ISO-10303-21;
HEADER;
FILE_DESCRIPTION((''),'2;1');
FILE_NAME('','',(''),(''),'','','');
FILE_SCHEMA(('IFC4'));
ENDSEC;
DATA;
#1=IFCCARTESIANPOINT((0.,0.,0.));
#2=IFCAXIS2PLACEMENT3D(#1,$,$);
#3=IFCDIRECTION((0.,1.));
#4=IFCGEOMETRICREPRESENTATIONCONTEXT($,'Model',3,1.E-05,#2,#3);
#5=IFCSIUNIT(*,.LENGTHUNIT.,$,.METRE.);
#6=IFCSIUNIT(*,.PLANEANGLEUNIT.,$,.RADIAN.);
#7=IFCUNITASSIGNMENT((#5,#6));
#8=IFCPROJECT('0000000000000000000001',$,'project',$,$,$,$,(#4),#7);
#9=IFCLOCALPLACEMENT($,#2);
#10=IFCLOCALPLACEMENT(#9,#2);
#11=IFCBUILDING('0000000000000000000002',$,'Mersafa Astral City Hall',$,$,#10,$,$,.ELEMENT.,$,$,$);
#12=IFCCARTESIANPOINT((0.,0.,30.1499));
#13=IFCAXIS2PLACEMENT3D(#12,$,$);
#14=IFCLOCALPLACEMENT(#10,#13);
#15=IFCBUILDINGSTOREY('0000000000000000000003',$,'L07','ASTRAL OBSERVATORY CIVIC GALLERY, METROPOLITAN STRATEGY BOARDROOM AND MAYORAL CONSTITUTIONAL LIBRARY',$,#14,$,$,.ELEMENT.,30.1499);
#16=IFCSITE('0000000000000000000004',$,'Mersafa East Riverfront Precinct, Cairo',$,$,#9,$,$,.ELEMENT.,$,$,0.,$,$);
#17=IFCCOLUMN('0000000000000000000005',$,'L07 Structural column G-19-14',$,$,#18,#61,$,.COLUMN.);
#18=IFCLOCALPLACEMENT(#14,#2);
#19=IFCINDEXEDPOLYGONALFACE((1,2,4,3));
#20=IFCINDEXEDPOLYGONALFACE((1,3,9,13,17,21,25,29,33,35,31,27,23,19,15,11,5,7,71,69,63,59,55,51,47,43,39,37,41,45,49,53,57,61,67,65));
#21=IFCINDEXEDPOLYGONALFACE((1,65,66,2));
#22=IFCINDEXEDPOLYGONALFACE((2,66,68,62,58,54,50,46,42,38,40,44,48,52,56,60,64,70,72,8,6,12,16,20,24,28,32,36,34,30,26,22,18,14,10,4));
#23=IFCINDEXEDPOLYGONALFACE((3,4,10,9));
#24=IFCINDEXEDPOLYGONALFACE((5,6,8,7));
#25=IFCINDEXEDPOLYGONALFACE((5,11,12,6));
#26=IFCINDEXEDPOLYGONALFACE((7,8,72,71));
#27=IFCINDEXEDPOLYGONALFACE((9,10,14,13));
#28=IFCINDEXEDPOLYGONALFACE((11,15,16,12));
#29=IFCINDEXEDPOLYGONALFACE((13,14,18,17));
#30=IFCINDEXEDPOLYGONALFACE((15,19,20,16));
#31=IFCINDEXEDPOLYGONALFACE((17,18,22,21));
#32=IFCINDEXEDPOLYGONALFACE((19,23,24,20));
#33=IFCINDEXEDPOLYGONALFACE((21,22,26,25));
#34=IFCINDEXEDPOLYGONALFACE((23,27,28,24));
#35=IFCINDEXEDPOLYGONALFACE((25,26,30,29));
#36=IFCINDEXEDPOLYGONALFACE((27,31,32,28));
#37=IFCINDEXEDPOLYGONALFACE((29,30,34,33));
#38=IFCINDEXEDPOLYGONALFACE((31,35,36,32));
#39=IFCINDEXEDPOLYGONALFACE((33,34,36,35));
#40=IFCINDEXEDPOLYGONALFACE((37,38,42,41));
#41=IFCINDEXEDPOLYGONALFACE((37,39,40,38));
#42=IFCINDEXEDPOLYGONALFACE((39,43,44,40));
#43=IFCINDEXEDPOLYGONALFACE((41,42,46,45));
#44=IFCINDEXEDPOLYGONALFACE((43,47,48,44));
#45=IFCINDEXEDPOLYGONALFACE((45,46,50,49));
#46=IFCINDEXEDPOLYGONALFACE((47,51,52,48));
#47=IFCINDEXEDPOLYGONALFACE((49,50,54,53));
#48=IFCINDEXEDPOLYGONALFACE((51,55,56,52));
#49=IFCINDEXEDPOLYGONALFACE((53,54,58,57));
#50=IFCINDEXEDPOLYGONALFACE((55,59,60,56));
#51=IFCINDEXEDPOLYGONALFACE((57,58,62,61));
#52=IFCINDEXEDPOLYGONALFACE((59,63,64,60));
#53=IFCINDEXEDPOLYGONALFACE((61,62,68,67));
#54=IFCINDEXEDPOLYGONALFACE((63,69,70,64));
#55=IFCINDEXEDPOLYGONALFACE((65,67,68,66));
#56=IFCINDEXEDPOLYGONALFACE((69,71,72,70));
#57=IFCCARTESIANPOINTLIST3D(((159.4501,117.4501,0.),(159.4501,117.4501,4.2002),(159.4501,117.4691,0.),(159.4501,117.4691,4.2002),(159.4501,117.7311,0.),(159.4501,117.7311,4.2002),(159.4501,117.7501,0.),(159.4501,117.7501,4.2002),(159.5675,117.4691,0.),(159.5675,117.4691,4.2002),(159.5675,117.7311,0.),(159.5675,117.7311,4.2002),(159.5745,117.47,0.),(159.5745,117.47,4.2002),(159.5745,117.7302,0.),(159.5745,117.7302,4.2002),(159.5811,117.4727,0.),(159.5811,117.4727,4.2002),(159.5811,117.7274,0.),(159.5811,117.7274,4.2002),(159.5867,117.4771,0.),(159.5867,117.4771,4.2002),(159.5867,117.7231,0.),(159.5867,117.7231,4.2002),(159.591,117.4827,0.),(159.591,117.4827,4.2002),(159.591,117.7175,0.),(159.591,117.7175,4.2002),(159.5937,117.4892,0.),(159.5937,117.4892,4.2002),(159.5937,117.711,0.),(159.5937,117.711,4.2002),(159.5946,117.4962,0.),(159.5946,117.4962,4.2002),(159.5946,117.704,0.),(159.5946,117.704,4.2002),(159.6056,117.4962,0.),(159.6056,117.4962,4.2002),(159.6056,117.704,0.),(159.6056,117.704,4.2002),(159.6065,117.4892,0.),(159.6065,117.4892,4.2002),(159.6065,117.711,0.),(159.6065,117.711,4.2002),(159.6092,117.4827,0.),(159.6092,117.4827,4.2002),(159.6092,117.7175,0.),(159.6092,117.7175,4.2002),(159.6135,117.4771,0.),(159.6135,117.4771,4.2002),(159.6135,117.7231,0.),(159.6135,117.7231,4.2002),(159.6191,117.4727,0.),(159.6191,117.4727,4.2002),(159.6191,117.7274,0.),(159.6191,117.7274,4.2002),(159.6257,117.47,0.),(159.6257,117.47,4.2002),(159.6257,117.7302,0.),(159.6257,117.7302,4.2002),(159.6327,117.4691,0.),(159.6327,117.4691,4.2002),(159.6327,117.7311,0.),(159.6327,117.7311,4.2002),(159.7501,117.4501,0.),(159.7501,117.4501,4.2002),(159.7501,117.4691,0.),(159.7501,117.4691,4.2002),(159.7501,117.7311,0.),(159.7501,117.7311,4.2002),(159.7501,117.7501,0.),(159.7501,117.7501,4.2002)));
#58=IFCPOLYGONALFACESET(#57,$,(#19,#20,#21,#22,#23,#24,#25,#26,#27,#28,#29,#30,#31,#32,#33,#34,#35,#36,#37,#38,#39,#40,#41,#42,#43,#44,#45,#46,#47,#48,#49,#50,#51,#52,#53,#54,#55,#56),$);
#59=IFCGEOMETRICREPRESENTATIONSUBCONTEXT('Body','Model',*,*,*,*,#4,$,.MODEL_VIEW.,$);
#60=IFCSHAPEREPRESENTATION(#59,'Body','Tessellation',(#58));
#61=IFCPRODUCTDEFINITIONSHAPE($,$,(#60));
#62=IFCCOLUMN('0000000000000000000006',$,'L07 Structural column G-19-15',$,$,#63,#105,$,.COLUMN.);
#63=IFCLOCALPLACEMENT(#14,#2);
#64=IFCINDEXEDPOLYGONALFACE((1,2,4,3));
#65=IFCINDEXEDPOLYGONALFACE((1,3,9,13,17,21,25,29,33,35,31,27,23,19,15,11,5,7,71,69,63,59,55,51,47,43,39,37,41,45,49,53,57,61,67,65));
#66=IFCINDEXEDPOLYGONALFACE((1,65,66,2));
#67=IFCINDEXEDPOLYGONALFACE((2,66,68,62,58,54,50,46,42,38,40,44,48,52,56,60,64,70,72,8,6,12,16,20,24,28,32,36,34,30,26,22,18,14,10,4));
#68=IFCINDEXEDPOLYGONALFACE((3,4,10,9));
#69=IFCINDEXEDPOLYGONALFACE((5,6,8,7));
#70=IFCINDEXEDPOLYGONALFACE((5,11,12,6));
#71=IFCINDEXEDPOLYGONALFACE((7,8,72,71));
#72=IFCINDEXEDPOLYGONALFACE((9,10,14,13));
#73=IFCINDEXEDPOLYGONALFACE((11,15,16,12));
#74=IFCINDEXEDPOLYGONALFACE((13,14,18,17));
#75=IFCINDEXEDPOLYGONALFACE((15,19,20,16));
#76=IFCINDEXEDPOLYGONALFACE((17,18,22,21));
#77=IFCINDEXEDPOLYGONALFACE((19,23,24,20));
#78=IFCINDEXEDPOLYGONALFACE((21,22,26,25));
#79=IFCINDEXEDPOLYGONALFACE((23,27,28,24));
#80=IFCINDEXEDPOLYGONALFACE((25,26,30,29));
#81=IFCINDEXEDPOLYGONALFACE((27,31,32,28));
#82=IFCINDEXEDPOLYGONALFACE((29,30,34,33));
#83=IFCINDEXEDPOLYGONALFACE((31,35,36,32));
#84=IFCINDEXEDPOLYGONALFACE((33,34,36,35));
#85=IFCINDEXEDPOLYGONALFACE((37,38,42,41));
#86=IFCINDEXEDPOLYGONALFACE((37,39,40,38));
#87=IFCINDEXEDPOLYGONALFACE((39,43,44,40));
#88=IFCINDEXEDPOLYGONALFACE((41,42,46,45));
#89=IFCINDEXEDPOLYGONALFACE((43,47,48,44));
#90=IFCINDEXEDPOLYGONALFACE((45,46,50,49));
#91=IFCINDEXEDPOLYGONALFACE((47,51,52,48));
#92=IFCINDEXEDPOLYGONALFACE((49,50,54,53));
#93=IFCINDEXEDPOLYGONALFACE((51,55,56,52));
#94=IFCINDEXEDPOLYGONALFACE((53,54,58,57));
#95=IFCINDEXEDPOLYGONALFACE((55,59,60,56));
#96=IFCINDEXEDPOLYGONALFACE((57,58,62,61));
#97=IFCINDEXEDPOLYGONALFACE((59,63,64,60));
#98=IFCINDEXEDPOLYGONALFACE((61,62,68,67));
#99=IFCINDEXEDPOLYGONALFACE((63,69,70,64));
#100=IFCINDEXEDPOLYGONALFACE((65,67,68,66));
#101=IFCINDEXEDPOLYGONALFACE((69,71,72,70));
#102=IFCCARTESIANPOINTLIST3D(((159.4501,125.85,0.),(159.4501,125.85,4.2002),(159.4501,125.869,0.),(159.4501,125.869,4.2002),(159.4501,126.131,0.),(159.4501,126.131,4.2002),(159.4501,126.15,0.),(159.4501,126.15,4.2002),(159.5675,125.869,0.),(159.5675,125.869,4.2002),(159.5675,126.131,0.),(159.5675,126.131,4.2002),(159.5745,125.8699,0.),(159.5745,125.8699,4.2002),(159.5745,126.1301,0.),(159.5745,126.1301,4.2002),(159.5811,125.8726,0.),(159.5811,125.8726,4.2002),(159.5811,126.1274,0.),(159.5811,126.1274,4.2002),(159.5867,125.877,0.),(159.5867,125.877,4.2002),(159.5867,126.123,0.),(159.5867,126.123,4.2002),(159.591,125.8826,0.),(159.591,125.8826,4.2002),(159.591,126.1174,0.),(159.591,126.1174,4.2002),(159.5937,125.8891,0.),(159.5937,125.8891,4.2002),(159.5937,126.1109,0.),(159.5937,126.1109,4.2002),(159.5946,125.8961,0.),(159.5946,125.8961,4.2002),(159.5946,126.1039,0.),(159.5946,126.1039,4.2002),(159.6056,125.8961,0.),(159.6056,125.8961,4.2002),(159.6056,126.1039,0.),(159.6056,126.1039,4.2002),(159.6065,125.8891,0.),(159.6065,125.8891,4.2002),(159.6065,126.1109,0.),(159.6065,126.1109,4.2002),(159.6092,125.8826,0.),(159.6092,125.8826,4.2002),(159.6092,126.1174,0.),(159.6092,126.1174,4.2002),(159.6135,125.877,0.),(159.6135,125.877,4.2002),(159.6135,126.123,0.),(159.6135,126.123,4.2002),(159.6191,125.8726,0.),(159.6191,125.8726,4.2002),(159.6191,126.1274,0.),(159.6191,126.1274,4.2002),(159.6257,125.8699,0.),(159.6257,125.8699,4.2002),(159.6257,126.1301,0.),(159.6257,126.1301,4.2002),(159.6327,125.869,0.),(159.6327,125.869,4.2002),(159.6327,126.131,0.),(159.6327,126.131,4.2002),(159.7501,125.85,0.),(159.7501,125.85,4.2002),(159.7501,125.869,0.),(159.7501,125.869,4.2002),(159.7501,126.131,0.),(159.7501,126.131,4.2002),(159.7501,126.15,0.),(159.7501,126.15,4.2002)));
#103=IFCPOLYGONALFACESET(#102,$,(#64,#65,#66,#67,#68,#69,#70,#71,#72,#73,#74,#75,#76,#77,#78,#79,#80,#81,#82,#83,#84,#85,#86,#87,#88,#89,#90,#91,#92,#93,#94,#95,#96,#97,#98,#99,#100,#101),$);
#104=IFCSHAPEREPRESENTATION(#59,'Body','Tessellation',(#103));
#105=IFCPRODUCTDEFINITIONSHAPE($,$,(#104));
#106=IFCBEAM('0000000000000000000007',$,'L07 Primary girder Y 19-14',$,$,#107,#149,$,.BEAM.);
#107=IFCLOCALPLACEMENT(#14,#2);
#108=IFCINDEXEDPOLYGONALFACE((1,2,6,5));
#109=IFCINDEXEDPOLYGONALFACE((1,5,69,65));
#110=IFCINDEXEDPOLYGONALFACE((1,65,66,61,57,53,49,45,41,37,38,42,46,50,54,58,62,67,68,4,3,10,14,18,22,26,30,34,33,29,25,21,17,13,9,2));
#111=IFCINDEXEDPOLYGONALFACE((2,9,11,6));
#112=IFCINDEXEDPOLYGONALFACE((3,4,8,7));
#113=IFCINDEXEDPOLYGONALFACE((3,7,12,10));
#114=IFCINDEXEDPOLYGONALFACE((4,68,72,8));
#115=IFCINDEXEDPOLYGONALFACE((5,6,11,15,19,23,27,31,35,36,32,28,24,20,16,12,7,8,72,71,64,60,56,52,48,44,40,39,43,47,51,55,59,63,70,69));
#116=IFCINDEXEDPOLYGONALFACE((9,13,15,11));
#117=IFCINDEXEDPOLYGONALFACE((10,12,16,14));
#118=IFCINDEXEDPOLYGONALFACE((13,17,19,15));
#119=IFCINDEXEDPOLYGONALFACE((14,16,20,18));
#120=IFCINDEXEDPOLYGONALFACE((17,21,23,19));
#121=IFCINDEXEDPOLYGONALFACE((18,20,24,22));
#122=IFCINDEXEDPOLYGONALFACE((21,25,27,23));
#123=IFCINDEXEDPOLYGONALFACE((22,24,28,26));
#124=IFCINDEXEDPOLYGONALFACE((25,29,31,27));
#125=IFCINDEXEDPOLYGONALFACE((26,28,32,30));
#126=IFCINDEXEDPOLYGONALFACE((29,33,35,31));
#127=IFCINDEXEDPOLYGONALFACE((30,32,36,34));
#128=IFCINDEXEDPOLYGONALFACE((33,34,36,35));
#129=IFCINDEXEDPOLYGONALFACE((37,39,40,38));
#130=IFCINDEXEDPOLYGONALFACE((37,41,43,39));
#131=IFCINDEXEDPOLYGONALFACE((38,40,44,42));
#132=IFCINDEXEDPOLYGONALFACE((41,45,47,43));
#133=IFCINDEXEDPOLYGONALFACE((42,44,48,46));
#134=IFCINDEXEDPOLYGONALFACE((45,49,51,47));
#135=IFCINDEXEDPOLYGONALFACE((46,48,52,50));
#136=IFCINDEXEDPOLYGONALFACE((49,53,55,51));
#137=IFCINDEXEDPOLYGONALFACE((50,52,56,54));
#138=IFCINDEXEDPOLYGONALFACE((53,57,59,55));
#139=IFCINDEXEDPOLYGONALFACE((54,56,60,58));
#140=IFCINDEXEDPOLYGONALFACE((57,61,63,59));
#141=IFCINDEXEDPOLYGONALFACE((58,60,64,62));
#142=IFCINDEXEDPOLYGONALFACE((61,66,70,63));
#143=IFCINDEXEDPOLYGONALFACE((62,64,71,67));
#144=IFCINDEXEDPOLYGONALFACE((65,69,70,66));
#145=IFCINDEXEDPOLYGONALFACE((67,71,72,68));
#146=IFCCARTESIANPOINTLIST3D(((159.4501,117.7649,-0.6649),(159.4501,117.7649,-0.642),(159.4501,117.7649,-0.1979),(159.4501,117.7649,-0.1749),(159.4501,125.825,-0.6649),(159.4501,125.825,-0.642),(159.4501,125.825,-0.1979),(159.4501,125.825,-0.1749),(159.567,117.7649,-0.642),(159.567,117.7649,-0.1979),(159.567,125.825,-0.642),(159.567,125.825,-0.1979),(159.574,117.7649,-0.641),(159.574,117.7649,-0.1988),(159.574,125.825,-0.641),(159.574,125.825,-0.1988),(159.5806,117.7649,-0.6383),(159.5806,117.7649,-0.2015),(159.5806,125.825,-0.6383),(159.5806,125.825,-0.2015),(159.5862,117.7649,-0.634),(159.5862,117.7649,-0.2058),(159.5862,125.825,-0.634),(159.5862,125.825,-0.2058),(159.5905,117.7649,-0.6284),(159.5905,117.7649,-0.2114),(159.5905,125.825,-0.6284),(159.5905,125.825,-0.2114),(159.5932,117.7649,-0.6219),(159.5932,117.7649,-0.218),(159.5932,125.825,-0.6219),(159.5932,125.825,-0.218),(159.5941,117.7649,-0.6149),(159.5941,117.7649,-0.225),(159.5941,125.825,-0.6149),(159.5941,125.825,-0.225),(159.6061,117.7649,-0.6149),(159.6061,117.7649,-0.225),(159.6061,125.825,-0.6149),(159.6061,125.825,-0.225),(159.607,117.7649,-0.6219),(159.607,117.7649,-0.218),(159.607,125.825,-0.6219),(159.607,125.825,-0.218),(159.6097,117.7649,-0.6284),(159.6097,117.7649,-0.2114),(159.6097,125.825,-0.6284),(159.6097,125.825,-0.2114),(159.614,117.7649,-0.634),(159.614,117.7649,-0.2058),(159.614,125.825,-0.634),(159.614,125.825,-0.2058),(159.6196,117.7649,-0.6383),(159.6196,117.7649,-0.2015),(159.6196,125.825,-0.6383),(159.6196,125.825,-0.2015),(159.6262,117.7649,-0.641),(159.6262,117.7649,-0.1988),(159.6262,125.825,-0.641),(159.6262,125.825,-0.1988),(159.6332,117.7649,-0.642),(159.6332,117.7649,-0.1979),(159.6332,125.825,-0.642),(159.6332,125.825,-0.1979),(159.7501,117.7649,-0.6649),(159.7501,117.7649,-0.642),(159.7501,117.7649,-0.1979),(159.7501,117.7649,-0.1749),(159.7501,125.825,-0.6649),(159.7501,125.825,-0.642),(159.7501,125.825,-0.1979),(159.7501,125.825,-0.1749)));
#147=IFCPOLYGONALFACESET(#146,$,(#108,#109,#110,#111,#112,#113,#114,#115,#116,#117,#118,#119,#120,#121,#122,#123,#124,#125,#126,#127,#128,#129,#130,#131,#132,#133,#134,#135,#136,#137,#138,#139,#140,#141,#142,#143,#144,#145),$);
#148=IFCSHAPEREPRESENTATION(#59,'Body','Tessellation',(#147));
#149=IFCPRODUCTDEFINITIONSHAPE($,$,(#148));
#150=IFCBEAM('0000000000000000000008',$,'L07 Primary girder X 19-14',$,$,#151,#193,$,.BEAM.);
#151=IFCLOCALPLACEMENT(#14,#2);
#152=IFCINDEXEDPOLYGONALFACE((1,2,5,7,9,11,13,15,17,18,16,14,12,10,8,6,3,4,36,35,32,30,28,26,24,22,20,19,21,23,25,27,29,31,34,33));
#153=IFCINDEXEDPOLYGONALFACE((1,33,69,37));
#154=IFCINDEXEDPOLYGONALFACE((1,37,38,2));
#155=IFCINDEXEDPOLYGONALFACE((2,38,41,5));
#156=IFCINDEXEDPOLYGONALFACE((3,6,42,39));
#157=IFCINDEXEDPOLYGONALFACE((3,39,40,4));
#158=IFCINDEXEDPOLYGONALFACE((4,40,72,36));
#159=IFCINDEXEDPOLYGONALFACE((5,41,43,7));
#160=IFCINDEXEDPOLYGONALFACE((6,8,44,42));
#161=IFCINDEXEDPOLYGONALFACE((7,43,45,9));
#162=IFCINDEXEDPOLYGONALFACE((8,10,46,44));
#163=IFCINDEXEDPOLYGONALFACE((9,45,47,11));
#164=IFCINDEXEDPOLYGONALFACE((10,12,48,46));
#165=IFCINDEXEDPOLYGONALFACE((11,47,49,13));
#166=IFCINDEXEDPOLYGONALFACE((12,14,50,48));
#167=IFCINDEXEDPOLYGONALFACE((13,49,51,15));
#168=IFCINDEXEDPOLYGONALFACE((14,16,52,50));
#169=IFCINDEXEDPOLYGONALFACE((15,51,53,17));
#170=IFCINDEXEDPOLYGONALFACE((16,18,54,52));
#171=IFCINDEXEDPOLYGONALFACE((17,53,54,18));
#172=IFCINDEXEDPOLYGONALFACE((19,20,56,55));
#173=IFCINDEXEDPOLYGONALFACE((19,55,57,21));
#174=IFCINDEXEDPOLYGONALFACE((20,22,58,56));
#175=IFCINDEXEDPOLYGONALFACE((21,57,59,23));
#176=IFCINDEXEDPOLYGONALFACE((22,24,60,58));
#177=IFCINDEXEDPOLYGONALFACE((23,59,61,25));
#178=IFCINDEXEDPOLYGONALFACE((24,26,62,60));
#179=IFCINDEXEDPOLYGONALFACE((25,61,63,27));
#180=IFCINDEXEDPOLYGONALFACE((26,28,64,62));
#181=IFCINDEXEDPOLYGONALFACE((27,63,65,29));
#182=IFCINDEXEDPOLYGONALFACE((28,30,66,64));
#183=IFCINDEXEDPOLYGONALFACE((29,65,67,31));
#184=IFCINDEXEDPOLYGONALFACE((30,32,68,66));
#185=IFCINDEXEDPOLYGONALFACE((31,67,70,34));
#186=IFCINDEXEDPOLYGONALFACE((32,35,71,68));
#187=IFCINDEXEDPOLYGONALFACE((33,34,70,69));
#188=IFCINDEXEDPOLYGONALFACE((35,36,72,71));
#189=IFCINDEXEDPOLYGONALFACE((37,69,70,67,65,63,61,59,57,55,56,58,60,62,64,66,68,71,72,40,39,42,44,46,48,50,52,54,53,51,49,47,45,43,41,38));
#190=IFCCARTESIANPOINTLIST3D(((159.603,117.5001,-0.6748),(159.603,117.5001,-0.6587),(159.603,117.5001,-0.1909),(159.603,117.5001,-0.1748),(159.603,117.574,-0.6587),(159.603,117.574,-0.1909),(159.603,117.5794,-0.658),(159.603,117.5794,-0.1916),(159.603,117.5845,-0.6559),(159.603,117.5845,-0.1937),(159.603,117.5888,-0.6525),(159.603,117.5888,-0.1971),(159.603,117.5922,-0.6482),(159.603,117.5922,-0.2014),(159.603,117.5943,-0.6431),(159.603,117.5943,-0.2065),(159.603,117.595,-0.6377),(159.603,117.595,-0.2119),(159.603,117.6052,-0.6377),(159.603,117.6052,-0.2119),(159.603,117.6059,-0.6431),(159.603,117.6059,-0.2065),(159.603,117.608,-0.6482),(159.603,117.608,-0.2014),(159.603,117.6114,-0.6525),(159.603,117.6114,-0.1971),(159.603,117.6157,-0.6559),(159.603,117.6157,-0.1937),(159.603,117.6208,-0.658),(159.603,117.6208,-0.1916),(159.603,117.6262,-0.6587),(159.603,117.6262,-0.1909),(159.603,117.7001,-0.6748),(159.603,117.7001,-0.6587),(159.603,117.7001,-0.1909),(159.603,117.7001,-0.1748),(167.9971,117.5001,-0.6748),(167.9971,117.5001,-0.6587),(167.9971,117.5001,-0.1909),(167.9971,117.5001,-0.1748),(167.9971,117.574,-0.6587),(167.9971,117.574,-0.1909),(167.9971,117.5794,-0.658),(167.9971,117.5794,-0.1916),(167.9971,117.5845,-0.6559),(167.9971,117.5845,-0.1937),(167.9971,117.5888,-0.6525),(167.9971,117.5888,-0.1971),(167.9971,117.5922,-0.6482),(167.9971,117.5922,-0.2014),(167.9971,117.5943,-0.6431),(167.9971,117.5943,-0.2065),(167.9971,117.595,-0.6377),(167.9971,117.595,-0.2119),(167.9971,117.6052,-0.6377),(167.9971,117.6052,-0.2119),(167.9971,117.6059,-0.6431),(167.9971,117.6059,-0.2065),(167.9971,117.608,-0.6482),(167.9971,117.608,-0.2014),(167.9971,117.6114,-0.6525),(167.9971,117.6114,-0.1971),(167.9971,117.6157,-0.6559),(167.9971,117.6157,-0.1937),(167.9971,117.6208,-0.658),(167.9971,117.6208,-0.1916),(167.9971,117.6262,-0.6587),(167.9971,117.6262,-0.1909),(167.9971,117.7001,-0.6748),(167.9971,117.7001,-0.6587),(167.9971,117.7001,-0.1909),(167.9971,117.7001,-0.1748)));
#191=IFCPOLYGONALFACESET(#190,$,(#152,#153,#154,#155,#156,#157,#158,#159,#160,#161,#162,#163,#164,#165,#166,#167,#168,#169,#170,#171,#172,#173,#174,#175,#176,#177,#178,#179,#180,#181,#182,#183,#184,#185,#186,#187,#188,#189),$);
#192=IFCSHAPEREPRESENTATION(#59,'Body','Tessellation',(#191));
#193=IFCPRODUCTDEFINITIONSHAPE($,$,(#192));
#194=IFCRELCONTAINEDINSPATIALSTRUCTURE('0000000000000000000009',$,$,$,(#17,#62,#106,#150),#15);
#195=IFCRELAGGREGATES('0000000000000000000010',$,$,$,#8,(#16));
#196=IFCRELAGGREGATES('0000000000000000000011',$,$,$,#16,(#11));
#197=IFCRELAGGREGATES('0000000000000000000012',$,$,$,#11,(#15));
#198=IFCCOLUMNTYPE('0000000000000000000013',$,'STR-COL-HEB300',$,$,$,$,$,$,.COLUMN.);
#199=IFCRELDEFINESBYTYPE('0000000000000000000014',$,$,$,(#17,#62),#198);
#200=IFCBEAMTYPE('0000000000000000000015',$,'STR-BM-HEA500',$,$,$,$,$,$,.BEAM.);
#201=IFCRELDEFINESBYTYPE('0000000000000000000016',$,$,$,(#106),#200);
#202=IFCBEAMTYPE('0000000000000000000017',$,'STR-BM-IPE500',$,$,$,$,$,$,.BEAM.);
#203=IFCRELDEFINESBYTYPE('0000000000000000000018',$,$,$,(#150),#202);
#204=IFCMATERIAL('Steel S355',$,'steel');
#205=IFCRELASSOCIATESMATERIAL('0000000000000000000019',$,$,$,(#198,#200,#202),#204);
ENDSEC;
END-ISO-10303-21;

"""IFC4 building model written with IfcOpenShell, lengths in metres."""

from ifc_helpers import new_model, si_unit, direction, frame, origin, origin_2d, place, context, subcontext, project, spatial, i_section, extrude, material, material_profile, profile_set, type_object, element, save


model = new_model("IFC4")

# Units and contexts
model_context = context("Model", 3, precision=1e-05, world=origin(), true_north=direction((0.0, 1.0)))
body_context = subcontext(model_context, "Body", "Model", "MODEL_VIEW")
ifc_project = project(units=[si_unit("LENGTHUNIT", "METRE"), si_unit("PLANEANGLEUNIT", "RADIAN")], contexts=[model_context])

# Site, building, storey
site_placement = place(None, origin())
site = spatial("IfcSite", under=ifc_project, at=site_placement, Name="Mersafa East Riverfront Precinct, Cairo", CompositionType="ELEMENT", RefElevation=0.0)
building_placement = place(site_placement, origin())
building = spatial("IfcBuilding", under=site, at=building_placement, Name="Mersafa Astral City Hall", CompositionType="ELEMENT")
storey_placement = place(building_placement, frame((0.0, 0.0, 30.1499)))
storey = spatial("IfcBuildingStorey", under=building, at=storey_placement, Name="L07", Description="ASTRAL OBSERVATORY CIVIC GALLERY, METROPOLITAN STRATEGY BOARDROOM AND MAYORAL CONSTITUTIONAL LIBRARY", CompositionType="ELEMENT", Elevation=30.1499)

# Columns
ifc_material_1 = material(Name="Steel S355", Category="steel")
ifc_material_profile_1 = material_profile(ifc_material_1, i_section(OverallWidth=0.3, OverallDepth=0.3, WebThickness=0.011, FlangeThickness=0.019, FilletRadius=0.0271, at=origin_2d()), Name="HEB 300")
ifc_profile_set_1 = profile_set([ifc_material_profile_1], Name="Steel S355")
column_type = type_object("IfcColumnType", Name="STR-COL-HEB300", PredefinedType="COLUMN", material=ifc_profile_set_1)
for number, where, z_axis, x_axis, name in (
    (1, (159.6001, 117.6001, 0.0), (0.0, 0.0, 1.0), (1.0, 0.0, 0.0), "L07 Structural column G-19-14"),
    (2, (159.6001, 126.0, 0.0), (0.0, 0.0, 1.0), (1.0, 0.0, 0.0), "L07 Structural column G-19-15"),
):
    element("IfcColumn", number, at=place(storey_placement, frame(where, z_axis=z_axis, x_axis=x_axis)), inside=storey, type_object=column_type, Name=name, PredefinedType="COLUMN", context=body_context, shape_type="SweptSolid", body=[
        extrude(i_section(OverallWidth=0.3, OverallDepth=0.3, WebThickness=0.011, FlangeThickness=0.019, FilletRadius=0.0271, at=origin_2d()), origin(), (0.0, 0.0, 1.0), 4.2002),
    ])

# Beams
ifc_material_profile_2 = material_profile(ifc_material_1, i_section(OverallWidth=0.3, OverallDepth=0.49, WebThickness=0.012, FlangeThickness=0.0229, FilletRadius=0.0271, at=origin_2d()), Name="HEA 500")
ifc_profile_set_2 = profile_set([ifc_material_profile_2], Name="Steel S355")
beam_type_1 = type_object("IfcBeamType", Name="STR-BM-HEA500", PredefinedType="BEAM", material=ifc_profile_set_2)
beam_1_placement = place(storey_placement, frame((159.6001, 117.7649, -0.4199), z_axis=(0.0, 1.0, 0.0), x_axis=(-1.0, 0.0, 0.0)))
element("IfcBeam", 3, at=beam_1_placement, inside=storey, type_object=beam_type_1, Name="L07 Primary girder Y 19-14", PredefinedType="BEAM", context=body_context, shape_type="SweptSolid", body=[
    extrude(i_section(OverallWidth=0.3, OverallDepth=0.49, WebThickness=0.012, FlangeThickness=0.0229, FilletRadius=0.0271, at=origin_2d()), origin(), (0.0, 0.0, 1.0), 8.0601),
])
ifc_material_profile_3 = material_profile(ifc_material_1, i_section(OverallWidth=0.2, OverallDepth=0.5, WebThickness=0.0103, FlangeThickness=0.0161, FilletRadius=0.021, at=origin_2d()), Name="IPE 500")
ifc_profile_set_3 = profile_set([ifc_material_profile_3], Name="Steel S355")
beam_type_2 = type_object("IfcBeamType", Name="STR-BM-IPE500", PredefinedType="BEAM", material=ifc_profile_set_3)
beam_2_placement = place(storey_placement, frame((159.603, 117.6001, -0.4248), z_axis=(1.0, 0.0, 0.0), x_axis=(0.0, 1.0, 0.0)))
element("IfcBeam", 4, at=beam_2_placement, inside=storey, type_object=beam_type_2, Name="L07 Primary girder X 19-14", PredefinedType="BEAM", context=body_context, shape_type="SweptSolid", body=[
    extrude(i_section(OverallWidth=0.2, OverallDepth=0.5, WebThickness=0.0103, FlangeThickness=0.0161, FilletRadius=0.021, at=origin_2d()), origin(), (0.0, 0.0, 1.0), 8.394),
])

save(model, "model.ifc")
